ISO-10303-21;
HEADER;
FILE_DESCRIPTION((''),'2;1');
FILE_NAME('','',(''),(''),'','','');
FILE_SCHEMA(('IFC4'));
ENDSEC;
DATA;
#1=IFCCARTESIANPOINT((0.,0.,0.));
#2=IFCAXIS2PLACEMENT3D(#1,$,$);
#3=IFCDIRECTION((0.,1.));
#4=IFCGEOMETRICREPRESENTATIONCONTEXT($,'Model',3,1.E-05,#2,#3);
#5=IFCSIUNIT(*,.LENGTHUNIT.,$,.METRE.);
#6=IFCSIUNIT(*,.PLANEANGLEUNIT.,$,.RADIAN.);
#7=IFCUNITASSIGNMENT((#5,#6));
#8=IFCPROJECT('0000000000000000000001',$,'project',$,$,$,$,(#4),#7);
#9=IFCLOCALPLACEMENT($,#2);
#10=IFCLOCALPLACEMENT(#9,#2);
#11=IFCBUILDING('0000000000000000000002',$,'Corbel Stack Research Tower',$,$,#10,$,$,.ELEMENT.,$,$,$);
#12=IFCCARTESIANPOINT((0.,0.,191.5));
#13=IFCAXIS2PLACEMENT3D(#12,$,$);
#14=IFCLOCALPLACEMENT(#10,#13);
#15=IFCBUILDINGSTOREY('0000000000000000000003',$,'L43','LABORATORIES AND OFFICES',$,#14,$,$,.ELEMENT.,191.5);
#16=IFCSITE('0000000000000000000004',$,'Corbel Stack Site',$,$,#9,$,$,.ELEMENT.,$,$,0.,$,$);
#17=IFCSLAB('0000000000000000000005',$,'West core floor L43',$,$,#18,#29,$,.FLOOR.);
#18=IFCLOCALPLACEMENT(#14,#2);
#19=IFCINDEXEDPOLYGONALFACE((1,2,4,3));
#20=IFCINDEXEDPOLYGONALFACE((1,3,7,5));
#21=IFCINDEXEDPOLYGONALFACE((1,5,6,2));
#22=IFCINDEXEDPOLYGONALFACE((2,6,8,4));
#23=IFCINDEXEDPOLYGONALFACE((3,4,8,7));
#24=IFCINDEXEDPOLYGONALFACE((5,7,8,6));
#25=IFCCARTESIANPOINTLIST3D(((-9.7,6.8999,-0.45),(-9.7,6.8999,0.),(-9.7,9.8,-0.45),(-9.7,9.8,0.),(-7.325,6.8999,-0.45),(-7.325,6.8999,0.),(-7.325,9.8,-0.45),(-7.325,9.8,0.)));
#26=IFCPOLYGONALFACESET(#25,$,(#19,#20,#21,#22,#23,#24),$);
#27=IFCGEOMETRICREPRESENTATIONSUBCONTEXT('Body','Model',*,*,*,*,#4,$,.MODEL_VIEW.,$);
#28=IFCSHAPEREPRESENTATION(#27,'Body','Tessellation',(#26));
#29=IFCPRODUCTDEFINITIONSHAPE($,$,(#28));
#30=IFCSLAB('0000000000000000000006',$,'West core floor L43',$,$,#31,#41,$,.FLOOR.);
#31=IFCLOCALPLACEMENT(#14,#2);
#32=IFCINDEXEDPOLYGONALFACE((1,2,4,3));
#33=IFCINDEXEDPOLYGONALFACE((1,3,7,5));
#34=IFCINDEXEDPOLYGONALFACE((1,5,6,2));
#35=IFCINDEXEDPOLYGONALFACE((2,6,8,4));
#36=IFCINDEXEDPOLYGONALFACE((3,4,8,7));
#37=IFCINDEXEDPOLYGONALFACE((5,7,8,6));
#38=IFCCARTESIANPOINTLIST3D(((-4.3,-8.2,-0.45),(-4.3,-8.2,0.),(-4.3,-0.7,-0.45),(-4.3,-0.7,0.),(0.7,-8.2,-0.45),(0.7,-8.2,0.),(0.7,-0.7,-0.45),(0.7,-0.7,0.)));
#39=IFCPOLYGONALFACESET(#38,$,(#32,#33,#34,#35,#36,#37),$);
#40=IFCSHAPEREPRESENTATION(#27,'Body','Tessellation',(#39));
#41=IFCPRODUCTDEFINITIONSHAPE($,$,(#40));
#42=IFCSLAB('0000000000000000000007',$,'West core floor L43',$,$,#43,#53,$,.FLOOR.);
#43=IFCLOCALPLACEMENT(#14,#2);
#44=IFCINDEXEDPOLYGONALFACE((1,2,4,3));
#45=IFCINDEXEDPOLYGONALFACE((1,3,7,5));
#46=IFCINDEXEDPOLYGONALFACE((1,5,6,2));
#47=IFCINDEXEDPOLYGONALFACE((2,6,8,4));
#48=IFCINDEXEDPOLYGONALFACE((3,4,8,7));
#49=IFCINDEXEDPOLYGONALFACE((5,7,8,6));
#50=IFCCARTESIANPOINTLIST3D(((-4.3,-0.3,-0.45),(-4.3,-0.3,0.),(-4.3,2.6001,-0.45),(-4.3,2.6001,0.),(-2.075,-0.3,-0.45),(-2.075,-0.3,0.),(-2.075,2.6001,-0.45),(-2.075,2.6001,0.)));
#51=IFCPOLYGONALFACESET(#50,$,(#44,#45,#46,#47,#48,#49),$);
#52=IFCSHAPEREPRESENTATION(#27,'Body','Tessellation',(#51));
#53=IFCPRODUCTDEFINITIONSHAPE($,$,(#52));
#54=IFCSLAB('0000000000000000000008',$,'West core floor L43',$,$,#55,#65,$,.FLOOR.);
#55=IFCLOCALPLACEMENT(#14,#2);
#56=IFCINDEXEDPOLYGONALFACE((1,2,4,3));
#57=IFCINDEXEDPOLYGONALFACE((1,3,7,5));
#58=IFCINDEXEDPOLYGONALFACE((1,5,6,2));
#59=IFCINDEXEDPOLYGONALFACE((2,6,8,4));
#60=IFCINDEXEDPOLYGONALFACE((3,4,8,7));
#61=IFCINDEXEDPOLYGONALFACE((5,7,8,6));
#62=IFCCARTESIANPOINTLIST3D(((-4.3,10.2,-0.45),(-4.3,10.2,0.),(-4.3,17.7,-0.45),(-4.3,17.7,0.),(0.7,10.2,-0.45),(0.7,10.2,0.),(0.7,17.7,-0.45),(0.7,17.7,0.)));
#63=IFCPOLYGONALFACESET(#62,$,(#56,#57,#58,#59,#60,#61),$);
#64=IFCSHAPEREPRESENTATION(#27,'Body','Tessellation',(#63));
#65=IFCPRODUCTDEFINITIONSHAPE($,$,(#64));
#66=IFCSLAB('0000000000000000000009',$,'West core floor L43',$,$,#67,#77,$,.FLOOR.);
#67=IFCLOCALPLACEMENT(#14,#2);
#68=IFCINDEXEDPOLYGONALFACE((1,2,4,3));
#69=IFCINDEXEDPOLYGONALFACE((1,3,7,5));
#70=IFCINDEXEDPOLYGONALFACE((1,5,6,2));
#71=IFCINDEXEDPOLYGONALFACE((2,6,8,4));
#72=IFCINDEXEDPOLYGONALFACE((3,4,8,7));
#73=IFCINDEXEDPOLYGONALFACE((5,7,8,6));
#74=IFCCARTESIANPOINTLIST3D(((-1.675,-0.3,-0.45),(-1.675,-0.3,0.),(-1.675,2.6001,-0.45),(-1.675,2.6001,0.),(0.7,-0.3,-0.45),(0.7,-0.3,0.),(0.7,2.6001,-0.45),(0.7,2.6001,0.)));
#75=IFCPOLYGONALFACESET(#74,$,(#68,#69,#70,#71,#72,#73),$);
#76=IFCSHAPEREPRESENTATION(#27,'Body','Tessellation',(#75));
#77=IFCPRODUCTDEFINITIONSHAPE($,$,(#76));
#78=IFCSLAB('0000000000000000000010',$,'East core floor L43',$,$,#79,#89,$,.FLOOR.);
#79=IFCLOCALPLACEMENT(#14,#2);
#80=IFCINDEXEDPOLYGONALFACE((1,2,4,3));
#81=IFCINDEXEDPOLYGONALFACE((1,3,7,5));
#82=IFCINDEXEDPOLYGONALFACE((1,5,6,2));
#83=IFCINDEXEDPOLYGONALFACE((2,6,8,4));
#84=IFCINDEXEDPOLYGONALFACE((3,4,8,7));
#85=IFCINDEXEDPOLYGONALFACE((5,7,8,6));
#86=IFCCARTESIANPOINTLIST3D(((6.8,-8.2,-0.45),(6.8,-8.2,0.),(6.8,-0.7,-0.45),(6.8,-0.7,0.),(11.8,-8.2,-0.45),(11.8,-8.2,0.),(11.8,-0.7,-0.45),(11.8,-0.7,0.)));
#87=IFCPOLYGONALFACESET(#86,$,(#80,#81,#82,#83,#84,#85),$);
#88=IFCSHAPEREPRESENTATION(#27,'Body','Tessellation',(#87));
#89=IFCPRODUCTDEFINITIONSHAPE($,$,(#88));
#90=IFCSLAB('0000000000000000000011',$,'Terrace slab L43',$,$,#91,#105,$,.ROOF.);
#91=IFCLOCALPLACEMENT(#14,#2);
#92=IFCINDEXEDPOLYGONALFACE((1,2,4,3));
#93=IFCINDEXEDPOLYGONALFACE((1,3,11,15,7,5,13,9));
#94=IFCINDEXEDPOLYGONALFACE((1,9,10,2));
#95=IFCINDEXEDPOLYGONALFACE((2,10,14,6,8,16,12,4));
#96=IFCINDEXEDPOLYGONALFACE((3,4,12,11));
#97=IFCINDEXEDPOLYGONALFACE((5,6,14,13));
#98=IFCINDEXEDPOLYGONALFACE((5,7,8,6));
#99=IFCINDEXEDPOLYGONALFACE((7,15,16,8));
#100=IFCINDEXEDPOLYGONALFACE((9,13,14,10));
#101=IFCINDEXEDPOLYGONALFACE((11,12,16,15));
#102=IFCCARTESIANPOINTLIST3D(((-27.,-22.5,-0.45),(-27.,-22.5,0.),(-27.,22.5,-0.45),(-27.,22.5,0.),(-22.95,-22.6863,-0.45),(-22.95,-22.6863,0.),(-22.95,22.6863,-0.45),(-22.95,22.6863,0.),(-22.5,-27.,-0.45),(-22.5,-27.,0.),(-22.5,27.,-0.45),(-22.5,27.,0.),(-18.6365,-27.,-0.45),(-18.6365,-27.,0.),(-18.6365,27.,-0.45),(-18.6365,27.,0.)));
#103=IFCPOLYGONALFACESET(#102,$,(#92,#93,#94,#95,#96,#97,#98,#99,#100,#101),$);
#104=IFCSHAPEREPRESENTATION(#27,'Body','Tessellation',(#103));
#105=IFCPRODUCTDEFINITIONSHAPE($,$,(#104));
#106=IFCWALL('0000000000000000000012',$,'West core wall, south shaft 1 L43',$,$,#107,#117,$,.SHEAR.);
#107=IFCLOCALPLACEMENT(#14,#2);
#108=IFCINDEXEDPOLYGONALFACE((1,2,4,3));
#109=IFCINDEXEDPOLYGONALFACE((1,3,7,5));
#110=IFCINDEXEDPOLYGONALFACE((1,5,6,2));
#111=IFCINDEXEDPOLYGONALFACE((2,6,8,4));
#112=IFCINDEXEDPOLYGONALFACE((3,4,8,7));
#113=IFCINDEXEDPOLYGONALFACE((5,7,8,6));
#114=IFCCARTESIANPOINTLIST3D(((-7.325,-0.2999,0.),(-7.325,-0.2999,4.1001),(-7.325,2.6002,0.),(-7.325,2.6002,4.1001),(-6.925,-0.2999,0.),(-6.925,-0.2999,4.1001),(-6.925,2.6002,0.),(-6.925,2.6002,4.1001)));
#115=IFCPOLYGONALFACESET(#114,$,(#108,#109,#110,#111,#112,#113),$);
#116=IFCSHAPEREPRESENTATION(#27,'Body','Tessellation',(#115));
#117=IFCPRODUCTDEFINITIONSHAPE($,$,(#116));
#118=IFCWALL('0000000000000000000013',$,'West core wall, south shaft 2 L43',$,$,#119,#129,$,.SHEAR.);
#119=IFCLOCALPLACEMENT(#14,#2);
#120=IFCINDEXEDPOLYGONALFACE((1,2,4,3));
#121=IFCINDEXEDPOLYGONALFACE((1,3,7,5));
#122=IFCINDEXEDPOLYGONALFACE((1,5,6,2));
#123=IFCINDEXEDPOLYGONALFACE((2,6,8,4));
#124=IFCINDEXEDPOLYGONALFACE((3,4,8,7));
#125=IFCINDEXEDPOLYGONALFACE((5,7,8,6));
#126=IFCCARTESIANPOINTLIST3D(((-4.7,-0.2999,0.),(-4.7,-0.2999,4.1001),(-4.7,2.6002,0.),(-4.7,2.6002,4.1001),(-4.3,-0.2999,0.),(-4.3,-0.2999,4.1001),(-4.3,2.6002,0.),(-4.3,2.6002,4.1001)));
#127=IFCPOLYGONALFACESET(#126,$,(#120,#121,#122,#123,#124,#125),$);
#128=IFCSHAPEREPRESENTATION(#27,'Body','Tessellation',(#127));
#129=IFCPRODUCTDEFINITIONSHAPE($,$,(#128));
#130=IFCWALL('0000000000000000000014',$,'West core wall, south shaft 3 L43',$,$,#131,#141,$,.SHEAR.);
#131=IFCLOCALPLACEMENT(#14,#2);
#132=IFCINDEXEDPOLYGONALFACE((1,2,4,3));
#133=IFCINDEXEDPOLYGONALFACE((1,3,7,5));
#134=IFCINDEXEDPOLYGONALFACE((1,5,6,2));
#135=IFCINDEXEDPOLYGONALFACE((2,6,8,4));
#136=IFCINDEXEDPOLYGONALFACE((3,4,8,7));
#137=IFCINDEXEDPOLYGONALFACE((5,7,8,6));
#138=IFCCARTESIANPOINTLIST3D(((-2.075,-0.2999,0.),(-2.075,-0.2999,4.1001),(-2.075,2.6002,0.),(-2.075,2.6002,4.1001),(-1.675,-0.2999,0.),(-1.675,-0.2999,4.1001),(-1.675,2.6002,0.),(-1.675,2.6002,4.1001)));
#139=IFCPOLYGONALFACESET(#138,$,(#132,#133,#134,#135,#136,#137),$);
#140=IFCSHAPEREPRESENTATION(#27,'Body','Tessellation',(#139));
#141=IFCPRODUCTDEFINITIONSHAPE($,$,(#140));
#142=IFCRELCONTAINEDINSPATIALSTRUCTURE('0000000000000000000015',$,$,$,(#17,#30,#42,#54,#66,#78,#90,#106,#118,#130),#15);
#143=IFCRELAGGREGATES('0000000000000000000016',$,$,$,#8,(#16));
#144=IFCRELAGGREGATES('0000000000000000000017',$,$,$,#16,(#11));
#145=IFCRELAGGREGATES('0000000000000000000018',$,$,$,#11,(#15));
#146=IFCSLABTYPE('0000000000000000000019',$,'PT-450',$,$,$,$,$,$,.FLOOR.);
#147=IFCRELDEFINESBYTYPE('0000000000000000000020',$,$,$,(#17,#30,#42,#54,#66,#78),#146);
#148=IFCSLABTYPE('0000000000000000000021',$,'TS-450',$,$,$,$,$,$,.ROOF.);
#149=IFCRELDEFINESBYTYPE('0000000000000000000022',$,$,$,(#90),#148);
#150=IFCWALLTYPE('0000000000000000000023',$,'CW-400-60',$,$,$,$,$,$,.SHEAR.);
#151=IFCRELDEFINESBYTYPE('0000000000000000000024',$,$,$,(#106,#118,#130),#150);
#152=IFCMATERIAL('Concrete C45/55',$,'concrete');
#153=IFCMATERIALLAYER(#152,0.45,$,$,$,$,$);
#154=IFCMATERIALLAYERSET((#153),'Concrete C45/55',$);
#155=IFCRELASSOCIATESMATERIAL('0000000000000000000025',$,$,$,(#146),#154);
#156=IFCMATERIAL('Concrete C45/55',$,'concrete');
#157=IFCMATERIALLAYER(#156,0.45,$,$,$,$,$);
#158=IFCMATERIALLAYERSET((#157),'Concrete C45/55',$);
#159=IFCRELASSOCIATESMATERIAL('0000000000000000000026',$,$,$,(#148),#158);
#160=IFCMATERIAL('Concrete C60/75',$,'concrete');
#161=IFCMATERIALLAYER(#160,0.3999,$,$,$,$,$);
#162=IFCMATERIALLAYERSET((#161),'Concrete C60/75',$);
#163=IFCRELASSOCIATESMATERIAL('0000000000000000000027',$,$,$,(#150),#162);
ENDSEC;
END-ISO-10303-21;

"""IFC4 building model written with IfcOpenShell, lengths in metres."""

from ifc_helpers import new_model, si_unit, direction, frame, frame_2d, origin, place, context, subcontext, project, spatial, polyline, rectangle, outline, extrude, material, layer, layer_set, type_object, element, save


model = new_model("IFC4")

# Units and contexts
model_context = context("Model", 3, precision=1e-05, world=origin(), true_north=direction((0.0, 1.0)))
body_context = subcontext(model_context, "Body", "Model", "MODEL_VIEW")
ifc_project = project(units=[si_unit("LENGTHUNIT", "METRE"), si_unit("PLANEANGLEUNIT", "RADIAN")], contexts=[model_context])

# Site, building, storey
site_placement = place(None, origin())
site = spatial("IfcSite", under=ifc_project, at=site_placement, Name="Corbel Stack Site", CompositionType="ELEMENT", RefElevation=0.0)
building_placement = place(site_placement, origin())
building = spatial("IfcBuilding", under=site, at=building_placement, Name="Corbel Stack Research Tower", CompositionType="ELEMENT")
storey_placement = place(building_placement, frame((0.0, 0.0, 191.5)))
storey = spatial("IfcBuildingStorey", under=building, at=storey_placement, Name="L43", Description="LABORATORIES AND OFFICES", CompositionType="ELEMENT", Elevation=191.5)

# Slabs
ifc_material_1 = material(Name="Concrete C45/55", Category="concrete")
ifc_layer_1 = layer(ifc_material_1, 0.45)
ifc_layer_set_1 = layer_set([ifc_layer_1], Name="Concrete C45/55")
slab_type_1 = type_object("IfcSlabType", Name="PT-450", PredefinedType="FLOOR", material=ifc_layer_set_1)
slab_1_placement = place(storey_placement, frame((0.0, 0.0, -0.45)))
element("IfcSlab", 1, at=slab_1_placement, inside=storey, type_object=slab_type_1, Name="West core floor L43", PredefinedType="FLOOR", context=body_context, shape_type="SweptSolid", body=[
    extrude(outline(polyline([(-9.7, 6.8999), (-7.325, 6.8999), (-7.325, 9.8), (-9.7, 9.8), (-9.7, 6.8999)])), origin(), (0.0, 0.0, 1.0), 0.45),
])
slab_2_placement = place(storey_placement, frame((0.0, 0.0, -0.45)))
element("IfcSlab", 2, at=slab_2_placement, inside=storey, type_object=slab_type_1, Name="West core floor L43", PredefinedType="FLOOR", context=body_context, shape_type="SweptSolid", body=[
    extrude(outline(polyline([(-4.3, -0.7), (-4.3, -8.2), (0.7, -8.2), (0.7, -0.7), (-4.3, -0.7)])), origin(), (0.0, 0.0, 1.0), 0.45),
])
slab_3_placement = place(storey_placement, frame((0.0, 0.0, -0.45)))
element("IfcSlab", 3, at=slab_3_placement, inside=storey, type_object=slab_type_1, Name="West core floor L43", PredefinedType="FLOOR", context=body_context, shape_type="SweptSolid", body=[
    extrude(outline(polyline([(-2.075, -0.3), (-2.075, 2.6001), (-4.3, 2.6001), (-4.3, -0.3), (-2.075, -0.3)])), origin(), (0.0, 0.0, 1.0), 0.45),
])
slab_4_placement = place(storey_placement, frame((0.0, 0.0, -0.45)))
element("IfcSlab", 4, at=slab_4_placement, inside=storey, type_object=slab_type_1, Name="West core floor L43", PredefinedType="FLOOR", context=body_context, shape_type="SweptSolid", body=[
    extrude(outline(polyline([(0.7, 17.7), (-4.3, 17.7), (-4.3, 10.2), (0.7, 10.2), (0.7, 17.7)])), origin(), (0.0, 0.0, 1.0), 0.45),
])
slab_5_placement = place(storey_placement, frame((0.0, 0.0, -0.45)))
element("IfcSlab", 5, at=slab_5_placement, inside=storey, type_object=slab_type_1, Name="West core floor L43", PredefinedType="FLOOR", context=body_context, shape_type="SweptSolid", body=[
    extrude(outline(polyline([(0.7, -0.3), (0.7, 2.6001), (-1.675, 2.6001), (-1.675, -0.3), (0.7, -0.3)])), origin(), (0.0, 0.0, 1.0), 0.45),
])
slab_6_placement = place(storey_placement, frame((0.0, 0.0, -0.45)))
element("IfcSlab", 6, at=slab_6_placement, inside=storey, type_object=slab_type_1, Name="East core floor L43", PredefinedType="FLOOR", context=body_context, shape_type="SweptSolid", body=[
    extrude(outline(polyline([(6.8, -0.7), (6.8, -8.2), (11.8, -8.2), (11.8, -0.7), (6.8, -0.7)])), origin(), (0.0, 0.0, 1.0), 0.45),
])
ifc_material_2 = material(Name="Concrete C45/55", Category="concrete")
ifc_layer_2 = layer(ifc_material_2, 0.45)
ifc_layer_set_2 = layer_set([ifc_layer_2], Name="Concrete C45/55")
slab_type_2 = type_object("IfcSlabType", Name="TS-450", PredefinedType="ROOF", material=ifc_layer_set_2)
slab_7_placement = place(storey_placement, frame((0.0, 0.0, -0.45)))
element("IfcSlab", 7, at=slab_7_placement, inside=storey, type_object=slab_type_2, Name="Terrace slab L43", PredefinedType="ROOF", context=body_context, shape_type="SweptSolid", body=[
    extrude(outline(polyline([(-18.6365, -27.0), (-22.95, -22.6863), (-22.95, 22.6863), (-18.6365, 27.0), (-22.5, 27.0), (-27.0, 22.5), (-27.0, -22.5), (-22.5, -27.0), (-18.6365, -27.0)])), origin(), (0.0, 0.0, 1.0), 0.45),
])

# Walls
ifc_material_3 = material(Name="Concrete C60/75", Category="concrete")
ifc_layer_3 = layer(ifc_material_3, 0.3999)
ifc_layer_set_3 = layer_set([ifc_layer_3], Name="Concrete C60/75")
wall_type = type_object("IfcWallType", Name="CW-400-60", PredefinedType="SHEAR", material=ifc_layer_set_3)
for number, where, z_axis, x_axis, name in (
    (8, (-7.125, -0.3, 0.0), (0.0, 0.0, 1.0), (0.0, 1.0, 0.0), "West core wall, south shaft 1 L43"),
    (9, (-4.5, -0.3, 0.0), (0.0, 0.0, 1.0), (0.0, 1.0, 0.0), "West core wall, south shaft 2 L43"),
    (10, (-1.875, -0.3, 0.0), (0.0, 0.0, 1.0), (0.0, 1.0, 0.0), "West core wall, south shaft 3 L43"),
):
    element("IfcWall", number, at=place(storey_placement, frame(where, z_axis=z_axis, x_axis=x_axis)), inside=storey, type_object=wall_type, Name=name, PredefinedType="SHEAR", context=body_context, shape_type="SweptSolid", body=[
        extrude(rectangle(XDim=2.9001, YDim=0.3999, at=frame_2d((1.4502, 0.0))), origin(), (0.0, 0.0, 1.0), 4.1001),
    ])

save(model, "model.ifc")
